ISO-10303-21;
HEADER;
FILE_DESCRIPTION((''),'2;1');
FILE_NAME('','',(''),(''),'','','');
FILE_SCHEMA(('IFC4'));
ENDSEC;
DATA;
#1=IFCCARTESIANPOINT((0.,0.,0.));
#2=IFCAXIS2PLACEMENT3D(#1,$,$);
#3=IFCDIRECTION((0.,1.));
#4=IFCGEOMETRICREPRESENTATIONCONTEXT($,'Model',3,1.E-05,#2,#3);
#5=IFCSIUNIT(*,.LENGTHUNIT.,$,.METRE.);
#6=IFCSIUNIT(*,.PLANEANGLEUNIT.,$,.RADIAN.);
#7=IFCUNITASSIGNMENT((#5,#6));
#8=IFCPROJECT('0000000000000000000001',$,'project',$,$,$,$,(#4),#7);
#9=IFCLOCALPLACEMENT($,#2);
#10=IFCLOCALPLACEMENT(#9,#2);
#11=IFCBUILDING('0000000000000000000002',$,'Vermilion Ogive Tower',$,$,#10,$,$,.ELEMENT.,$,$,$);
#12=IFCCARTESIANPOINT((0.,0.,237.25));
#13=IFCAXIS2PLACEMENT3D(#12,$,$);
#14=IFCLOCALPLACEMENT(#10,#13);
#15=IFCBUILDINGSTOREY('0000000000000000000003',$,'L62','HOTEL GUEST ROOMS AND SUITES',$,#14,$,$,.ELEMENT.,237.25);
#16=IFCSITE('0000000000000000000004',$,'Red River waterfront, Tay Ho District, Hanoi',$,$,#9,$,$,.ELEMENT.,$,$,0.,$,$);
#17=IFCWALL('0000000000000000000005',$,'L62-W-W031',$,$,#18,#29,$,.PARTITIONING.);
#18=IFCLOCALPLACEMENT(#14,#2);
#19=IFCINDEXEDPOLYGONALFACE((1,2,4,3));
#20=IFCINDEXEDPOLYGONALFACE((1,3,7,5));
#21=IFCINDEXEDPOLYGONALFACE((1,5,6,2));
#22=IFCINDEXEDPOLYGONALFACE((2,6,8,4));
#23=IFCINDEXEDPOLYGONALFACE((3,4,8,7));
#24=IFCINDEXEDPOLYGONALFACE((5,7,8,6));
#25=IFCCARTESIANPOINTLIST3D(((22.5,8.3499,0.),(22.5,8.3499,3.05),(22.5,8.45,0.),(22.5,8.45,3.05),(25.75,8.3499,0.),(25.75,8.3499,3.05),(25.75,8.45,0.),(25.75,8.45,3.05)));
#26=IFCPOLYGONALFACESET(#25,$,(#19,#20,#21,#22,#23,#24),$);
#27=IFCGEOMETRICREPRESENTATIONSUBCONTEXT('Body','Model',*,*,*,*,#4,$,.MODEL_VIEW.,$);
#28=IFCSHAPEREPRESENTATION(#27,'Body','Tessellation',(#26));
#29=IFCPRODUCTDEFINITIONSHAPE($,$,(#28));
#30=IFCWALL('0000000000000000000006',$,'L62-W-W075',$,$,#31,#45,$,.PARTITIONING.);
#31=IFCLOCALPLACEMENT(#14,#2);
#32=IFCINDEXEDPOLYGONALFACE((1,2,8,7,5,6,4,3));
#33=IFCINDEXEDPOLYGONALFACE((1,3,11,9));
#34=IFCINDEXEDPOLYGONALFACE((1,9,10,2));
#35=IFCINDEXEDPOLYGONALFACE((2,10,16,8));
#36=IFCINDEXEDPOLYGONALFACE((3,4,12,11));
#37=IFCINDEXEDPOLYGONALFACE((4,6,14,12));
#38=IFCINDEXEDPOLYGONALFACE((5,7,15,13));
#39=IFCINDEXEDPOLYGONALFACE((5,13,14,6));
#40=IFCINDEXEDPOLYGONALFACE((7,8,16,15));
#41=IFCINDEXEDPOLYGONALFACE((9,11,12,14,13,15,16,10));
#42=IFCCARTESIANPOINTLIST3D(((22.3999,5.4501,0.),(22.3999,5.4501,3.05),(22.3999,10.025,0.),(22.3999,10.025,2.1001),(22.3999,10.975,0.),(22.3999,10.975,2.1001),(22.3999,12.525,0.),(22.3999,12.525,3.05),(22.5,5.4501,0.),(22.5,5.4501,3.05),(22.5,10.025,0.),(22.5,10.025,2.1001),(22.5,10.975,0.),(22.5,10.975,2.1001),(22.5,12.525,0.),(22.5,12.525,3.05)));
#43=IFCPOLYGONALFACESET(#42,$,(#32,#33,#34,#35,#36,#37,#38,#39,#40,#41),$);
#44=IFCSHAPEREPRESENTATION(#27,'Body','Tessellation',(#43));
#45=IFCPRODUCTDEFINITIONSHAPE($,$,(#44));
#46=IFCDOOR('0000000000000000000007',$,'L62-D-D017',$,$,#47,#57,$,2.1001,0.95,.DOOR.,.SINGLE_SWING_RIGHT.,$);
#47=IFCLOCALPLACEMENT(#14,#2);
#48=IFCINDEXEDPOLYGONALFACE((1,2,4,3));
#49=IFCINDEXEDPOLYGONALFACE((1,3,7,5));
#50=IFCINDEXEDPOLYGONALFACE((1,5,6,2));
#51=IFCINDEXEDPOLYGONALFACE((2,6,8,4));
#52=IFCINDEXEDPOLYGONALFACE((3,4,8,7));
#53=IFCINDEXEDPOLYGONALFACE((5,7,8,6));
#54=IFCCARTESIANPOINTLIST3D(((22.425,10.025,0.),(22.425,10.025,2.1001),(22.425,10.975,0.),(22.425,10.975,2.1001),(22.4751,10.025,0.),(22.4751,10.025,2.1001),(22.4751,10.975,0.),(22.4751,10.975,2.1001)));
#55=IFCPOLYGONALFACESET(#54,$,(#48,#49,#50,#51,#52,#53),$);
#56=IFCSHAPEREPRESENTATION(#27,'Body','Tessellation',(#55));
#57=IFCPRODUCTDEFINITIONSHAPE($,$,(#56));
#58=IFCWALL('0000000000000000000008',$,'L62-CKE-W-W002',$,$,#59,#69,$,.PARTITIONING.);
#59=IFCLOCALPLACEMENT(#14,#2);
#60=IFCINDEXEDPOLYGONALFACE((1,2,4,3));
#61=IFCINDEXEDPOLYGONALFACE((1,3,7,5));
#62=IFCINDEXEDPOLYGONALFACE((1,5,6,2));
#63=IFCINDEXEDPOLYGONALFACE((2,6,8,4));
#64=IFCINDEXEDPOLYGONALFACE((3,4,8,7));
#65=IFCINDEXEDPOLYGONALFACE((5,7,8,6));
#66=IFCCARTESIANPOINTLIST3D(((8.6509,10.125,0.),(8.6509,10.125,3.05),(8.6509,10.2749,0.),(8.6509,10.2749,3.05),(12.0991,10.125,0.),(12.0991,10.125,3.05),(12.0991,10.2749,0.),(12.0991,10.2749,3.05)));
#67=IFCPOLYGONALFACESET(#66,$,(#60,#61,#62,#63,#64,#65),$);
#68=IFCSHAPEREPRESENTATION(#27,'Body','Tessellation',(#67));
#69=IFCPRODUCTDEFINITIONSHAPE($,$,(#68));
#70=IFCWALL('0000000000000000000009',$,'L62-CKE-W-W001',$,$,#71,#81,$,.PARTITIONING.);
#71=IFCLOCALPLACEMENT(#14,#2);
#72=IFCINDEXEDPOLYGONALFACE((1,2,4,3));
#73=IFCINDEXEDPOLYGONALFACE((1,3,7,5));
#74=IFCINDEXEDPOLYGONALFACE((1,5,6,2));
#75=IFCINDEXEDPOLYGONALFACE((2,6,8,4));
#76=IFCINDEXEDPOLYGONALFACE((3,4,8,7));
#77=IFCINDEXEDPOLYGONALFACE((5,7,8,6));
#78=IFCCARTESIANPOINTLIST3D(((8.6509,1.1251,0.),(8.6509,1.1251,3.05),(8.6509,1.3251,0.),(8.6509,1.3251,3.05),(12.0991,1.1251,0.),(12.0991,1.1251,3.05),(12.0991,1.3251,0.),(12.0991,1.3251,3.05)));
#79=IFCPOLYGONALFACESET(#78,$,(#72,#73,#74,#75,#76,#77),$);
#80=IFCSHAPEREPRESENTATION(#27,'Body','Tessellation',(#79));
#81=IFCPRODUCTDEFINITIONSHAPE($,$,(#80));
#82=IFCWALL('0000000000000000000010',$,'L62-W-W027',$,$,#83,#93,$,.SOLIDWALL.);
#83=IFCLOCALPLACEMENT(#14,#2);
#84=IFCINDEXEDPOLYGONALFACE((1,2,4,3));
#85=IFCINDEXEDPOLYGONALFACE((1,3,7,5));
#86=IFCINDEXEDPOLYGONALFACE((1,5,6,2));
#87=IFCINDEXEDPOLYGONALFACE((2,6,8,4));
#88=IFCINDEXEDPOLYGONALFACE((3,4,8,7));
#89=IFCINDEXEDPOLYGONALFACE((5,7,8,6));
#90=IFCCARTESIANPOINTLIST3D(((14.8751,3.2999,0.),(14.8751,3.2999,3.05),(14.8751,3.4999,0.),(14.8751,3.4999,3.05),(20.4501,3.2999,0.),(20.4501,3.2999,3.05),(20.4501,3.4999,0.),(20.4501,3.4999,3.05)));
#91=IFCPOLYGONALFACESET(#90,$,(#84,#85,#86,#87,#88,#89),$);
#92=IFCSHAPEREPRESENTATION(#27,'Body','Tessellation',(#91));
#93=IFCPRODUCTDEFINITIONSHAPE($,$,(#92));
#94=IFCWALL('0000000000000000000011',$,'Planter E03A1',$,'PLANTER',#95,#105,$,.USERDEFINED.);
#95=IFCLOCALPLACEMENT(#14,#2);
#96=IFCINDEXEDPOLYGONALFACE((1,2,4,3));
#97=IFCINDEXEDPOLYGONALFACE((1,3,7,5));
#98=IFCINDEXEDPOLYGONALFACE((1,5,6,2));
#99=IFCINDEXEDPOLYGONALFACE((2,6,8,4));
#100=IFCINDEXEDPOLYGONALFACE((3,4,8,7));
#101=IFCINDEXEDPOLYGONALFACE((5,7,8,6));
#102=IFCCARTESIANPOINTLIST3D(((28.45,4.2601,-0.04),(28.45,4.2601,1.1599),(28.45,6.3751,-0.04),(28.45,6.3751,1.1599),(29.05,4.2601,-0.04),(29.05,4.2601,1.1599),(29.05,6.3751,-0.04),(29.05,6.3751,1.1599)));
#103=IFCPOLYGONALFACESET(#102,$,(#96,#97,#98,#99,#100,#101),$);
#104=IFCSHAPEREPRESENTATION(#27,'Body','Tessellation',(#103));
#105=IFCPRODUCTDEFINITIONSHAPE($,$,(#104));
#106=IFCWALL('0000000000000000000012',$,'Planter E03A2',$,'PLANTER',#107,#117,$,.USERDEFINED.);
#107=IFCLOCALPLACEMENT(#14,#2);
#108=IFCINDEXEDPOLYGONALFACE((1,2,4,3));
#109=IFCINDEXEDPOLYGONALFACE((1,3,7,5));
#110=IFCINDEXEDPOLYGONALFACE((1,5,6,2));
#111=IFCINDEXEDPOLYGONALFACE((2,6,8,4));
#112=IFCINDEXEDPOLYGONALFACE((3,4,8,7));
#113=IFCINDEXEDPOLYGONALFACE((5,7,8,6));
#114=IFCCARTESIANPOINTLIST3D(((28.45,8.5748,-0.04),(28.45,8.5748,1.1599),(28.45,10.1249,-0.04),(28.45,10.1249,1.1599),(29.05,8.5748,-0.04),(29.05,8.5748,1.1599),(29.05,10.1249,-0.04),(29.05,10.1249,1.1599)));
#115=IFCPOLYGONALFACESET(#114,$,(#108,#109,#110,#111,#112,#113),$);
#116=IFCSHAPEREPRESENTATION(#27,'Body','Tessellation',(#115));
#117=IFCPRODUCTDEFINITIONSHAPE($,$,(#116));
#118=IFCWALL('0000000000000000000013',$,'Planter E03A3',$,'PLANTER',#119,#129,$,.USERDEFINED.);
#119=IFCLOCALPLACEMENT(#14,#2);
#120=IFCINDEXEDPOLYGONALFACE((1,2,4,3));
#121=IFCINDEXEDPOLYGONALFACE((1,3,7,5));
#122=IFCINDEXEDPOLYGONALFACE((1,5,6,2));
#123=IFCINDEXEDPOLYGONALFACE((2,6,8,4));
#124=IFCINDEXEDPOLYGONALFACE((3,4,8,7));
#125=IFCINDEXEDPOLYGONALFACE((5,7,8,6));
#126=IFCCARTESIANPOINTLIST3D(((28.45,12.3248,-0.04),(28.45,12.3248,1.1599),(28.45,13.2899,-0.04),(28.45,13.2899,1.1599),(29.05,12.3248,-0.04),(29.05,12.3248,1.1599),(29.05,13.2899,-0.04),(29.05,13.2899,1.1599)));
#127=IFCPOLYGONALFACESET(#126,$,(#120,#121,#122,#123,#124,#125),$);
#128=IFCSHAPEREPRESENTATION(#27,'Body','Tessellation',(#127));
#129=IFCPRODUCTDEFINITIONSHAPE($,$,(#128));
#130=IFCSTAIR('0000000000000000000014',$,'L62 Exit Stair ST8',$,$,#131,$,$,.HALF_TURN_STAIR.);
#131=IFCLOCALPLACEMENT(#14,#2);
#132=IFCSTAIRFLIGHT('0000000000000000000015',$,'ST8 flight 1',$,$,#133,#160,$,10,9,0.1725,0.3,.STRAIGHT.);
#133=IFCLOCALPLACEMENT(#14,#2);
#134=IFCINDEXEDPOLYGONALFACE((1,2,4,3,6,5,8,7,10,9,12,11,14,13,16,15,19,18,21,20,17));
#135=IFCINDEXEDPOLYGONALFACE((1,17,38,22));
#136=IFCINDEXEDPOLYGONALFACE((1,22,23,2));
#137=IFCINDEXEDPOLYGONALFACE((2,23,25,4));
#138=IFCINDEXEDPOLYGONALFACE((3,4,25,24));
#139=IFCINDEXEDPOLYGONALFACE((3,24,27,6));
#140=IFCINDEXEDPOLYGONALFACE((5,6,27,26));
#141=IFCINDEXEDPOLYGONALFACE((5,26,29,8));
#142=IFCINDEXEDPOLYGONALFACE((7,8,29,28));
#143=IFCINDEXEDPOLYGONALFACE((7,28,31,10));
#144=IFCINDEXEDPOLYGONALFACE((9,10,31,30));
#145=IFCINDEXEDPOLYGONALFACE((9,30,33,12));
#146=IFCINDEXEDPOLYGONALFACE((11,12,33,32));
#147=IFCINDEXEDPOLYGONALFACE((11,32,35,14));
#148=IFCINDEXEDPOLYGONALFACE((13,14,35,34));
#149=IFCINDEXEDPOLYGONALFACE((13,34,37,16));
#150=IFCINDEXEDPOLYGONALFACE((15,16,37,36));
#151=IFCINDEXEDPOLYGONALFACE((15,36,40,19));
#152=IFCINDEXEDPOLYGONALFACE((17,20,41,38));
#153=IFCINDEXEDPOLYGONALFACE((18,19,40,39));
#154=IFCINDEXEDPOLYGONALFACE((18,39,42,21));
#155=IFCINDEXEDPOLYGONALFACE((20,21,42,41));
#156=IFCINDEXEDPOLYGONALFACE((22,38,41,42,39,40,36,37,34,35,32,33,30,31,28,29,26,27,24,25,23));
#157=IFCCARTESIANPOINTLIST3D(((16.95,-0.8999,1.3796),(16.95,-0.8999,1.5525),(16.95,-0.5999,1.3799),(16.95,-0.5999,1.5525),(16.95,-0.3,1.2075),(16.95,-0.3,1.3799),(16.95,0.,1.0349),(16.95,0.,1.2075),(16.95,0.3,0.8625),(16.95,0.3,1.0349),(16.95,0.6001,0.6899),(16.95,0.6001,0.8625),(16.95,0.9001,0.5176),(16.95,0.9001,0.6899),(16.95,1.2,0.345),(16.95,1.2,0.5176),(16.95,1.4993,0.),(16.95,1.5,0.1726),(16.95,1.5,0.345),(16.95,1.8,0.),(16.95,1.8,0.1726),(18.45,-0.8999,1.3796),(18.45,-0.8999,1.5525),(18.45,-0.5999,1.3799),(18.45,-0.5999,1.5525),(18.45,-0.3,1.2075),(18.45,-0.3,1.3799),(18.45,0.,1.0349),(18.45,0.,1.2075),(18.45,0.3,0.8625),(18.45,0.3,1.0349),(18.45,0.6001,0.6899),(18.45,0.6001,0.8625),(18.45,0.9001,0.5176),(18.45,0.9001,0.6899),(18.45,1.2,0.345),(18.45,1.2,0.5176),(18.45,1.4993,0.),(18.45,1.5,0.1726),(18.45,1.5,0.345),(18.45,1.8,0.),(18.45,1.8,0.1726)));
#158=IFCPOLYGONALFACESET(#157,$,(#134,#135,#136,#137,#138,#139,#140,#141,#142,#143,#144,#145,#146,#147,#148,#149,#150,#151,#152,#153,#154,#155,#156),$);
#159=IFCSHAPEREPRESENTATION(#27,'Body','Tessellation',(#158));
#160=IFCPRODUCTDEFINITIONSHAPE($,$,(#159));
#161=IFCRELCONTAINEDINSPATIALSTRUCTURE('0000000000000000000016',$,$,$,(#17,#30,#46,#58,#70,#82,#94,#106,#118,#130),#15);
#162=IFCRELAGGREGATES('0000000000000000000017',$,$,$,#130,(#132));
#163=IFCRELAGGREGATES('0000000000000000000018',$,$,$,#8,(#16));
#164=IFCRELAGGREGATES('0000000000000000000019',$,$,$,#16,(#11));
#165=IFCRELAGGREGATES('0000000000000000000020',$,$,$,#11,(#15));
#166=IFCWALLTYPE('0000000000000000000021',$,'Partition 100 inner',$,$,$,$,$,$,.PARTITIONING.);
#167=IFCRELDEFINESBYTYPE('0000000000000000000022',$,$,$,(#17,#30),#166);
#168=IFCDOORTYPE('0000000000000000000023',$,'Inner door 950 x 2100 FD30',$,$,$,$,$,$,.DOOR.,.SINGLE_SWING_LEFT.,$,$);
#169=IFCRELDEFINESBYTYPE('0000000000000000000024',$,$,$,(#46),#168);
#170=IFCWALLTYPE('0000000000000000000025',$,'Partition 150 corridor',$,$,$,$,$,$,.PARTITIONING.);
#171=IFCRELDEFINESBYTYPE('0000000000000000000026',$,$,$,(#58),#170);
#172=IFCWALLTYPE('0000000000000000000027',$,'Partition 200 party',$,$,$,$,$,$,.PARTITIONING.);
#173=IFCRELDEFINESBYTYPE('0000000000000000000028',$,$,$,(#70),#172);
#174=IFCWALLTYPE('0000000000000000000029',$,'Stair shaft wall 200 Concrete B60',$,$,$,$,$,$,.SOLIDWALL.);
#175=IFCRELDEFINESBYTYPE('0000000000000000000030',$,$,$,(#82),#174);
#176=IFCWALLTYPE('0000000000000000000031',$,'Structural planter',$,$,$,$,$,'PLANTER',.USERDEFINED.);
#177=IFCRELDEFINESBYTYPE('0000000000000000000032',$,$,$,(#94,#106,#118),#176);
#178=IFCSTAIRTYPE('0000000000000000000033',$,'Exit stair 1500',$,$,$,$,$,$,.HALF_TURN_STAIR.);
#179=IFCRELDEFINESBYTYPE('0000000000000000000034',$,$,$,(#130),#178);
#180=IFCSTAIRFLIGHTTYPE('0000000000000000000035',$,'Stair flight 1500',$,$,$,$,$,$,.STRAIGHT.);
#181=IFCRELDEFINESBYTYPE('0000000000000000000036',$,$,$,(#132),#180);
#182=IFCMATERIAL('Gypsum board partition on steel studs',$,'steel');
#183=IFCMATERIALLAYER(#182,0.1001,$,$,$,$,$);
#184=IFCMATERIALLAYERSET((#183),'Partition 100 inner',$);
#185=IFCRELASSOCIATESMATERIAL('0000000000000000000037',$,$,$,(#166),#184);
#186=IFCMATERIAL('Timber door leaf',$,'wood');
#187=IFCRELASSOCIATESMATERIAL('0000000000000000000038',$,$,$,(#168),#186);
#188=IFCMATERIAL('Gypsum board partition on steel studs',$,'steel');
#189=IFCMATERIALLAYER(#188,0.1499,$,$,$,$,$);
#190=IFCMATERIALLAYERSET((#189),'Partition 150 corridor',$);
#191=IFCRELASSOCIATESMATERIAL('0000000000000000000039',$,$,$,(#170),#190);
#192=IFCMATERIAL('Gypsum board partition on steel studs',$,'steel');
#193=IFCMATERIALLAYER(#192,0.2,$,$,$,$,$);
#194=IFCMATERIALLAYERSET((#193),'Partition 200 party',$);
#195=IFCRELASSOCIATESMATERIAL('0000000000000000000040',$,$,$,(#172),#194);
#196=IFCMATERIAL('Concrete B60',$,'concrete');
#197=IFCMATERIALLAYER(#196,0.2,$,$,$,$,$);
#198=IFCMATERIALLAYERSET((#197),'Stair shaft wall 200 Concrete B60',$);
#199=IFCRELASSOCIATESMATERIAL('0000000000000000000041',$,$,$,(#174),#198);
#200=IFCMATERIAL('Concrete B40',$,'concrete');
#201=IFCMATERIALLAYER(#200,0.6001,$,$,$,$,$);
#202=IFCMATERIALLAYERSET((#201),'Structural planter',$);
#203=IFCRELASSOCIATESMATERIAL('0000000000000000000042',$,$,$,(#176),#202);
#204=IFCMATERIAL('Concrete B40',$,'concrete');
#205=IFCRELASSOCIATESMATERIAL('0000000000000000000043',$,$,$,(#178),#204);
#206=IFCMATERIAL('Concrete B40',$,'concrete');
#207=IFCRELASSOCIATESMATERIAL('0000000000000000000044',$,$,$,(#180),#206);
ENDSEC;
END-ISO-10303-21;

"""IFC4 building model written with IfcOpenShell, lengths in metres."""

from ifc_helpers import new_model, si_unit, direction, frame, frame_2d, origin, place, context, subcontext, project, spatial, polyline, rectangle, outline, extrude, material, layer, layer_set, type_object, element, fill, aggregate, save


model = new_model("IFC4")

# Units and contexts
model_context = context("Model", 3, precision=1e-05, world=origin(), true_north=direction((0.0, 1.0)))
body_context = subcontext(model_context, "Body", "Model", "MODEL_VIEW")
ifc_project = project(units=[si_unit("LENGTHUNIT", "METRE"), si_unit("PLANEANGLEUNIT", "RADIAN")], contexts=[model_context])

# Site, building, storey
site_placement = place(None, origin())
site = spatial("IfcSite", under=ifc_project, at=site_placement, Name="Red River waterfront, Tay Ho District, Hanoi", CompositionType="ELEMENT", RefElevation=0.0)
building_placement = place(site_placement, origin())
building = spatial("IfcBuilding", under=site, at=building_placement, Name="Vermilion Ogive Tower", CompositionType="ELEMENT")
storey_placement = place(building_placement, frame((0.0, 0.0, 237.25)))
storey = spatial("IfcBuildingStorey", under=building, at=storey_placement, Name="L62", Description="HOTEL GUEST ROOMS AND SUITES", CompositionType="ELEMENT", Elevation=237.25)

# Shared definitions
ifc_material_1 = material(Name="Gypsum board partition on steel studs", Category="steel")
ifc_layer_1 = layer(ifc_material_1, 0.1001)
ifc_layer_set_1 = layer_set([ifc_layer_1], Name="Partition 100 inner")
wall_type_1 = type_object("IfcWallType", Name="Partition 100 inner", PredefinedType="PARTITIONING", material=ifc_layer_set_1)
ifc_material_2 = material(Name="Timber door leaf", Category="wood")
door_type_1 = type_object("IfcDoorType", Name="Inner door 950 x 2100 FD30", OperationType="SINGLE_SWING_LEFT", PredefinedType="DOOR", material=ifc_material_2)

# Wall
wall_1_placement = place(storey_placement, frame((22.5, 8.3999, 0.0), z_axis=(0.0, 0.0, 1.0), x_axis=(1.0, 0.0, 0.0)))
element("IfcWall", 1, at=wall_1_placement, inside=storey, type_object=wall_type_1, Name="L62-W-W031", PredefinedType="PARTITIONING", context=body_context, shape_type="SweptSolid", body=[
    extrude(rectangle(XDim=3.25, YDim=0.1001, at=frame_2d((1.625, 0.0))), origin(), (0.0, 0.0, 1.0), 3.05),
])

# Wall, opening, door
wall_2_placement = place(storey_placement, frame((22.45, 5.45, 0.0), z_axis=(0.0, 0.0, 1.0), x_axis=(0.0, 1.0, 0.0)))
wall_2 = element("IfcWall", 2, at=wall_2_placement, inside=storey, type_object=wall_type_1, Name="L62-W-W075", PredefinedType="PARTITIONING", context=body_context, shape_type="SweptSolid", body=[
    extrude(rectangle(XDim=7.075, YDim=0.1001, at=frame_2d((3.5376, 0.0))), origin(), (0.0, 0.0, 1.0), 3.05),
])
opening_1_placement = place(wall_2_placement, frame((4.575, 0.0, 0.0)))
opening_1 = element("IfcOpeningElement", 3, at=opening_1_placement, cuts=wall_2, PredefinedType="OPENING", context=body_context, shape_type="SweptSolid", body=[
    extrude(rectangle(XDim=0.95, YDim=2.1001, at=frame_2d((0.4751, 1.05))), frame((0.0, 0.0601, 0.0), z_axis=(0.0, -1.0, 0.0), x_axis=(1.0, 0.0, 0.0)), (0.0, 0.0, 1.0), 0.1201),
])
door_1_placement = place(opening_1_placement, origin())
door_1 = element("IfcDoor", 4, at=door_1_placement, inside=storey, type_object=door_type_1, Name="L62-D-D017", OperationType="SINGLE_SWING_RIGHT", OverallHeight=2.1001, OverallWidth=0.95, PredefinedType="DOOR", context=body_context, shape_type="SweptSolid", body=[
    extrude(rectangle(XDim=0.95, YDim=2.1001, at=frame_2d((0.4751, 1.05))), frame((0.0, 0.0249, 0.0), z_axis=(0.0, -1.0, 0.0), x_axis=(1.0, 0.0, 0.0)), (0.0, 0.0, 1.0), 0.05),
])
fill(opening_1, door_1)

# Walls
ifc_material_3 = material(Name="Gypsum board partition on steel studs", Category="steel")
ifc_layer_2 = layer(ifc_material_3, 0.1499)
ifc_layer_set_2 = layer_set([ifc_layer_2], Name="Partition 150 corridor")
wall_type_2 = type_object("IfcWallType", Name="Partition 150 corridor", PredefinedType="PARTITIONING", material=ifc_layer_set_2)
wall_3_placement = place(storey_placement, frame((8.6509, 10.2, 0.0), z_axis=(0.0, 0.0, 1.0), x_axis=(1.0, 0.0, 0.0)))
element("IfcWall", 5, at=wall_3_placement, inside=storey, type_object=wall_type_2, Name="L62-CKE-W-W002", PredefinedType="PARTITIONING", context=body_context, shape_type="SweptSolid", body=[
    extrude(rectangle(XDim=3.4482, YDim=0.1499, at=frame_2d((1.7241, 0.0))), origin(), (0.0, 0.0, 1.0), 3.05),
])
ifc_material_4 = material(Name="Gypsum board partition on steel studs", Category="steel")
ifc_layer_3 = layer(ifc_material_4, 0.2)
ifc_layer_set_3 = layer_set([ifc_layer_3], Name="Partition 200 party")
wall_type_3 = type_object("IfcWallType", Name="Partition 200 party", PredefinedType="PARTITIONING", material=ifc_layer_set_3)
wall_4_placement = place(storey_placement, frame((8.6509, 1.2251, 0.0), z_axis=(0.0, 0.0, 1.0), x_axis=(1.0, 0.0, 0.0)))
element("IfcWall", 6, at=wall_4_placement, inside=storey, type_object=wall_type_3, Name="L62-CKE-W-W001", PredefinedType="PARTITIONING", context=body_context, shape_type="SweptSolid", body=[
    extrude(rectangle(XDim=3.4482, YDim=0.2, at=frame_2d((1.7241, 0.0))), origin(), (0.0, 0.0, 1.0), 3.05),
])
ifc_material_5 = material(Name="Concrete B60", Category="concrete")
ifc_layer_4 = layer(ifc_material_5, 0.2)
ifc_layer_set_4 = layer_set([ifc_layer_4], Name="Stair shaft wall 200 Concrete B60")
wall_type_4 = type_object("IfcWallType", Name="Stair shaft wall 200 Concrete B60", PredefinedType="SOLIDWALL", material=ifc_layer_set_4)
wall_5_placement = place(storey_placement, frame((14.875, 3.3999, 0.0), z_axis=(0.0, 0.0, 1.0), x_axis=(1.0, 0.0, 0.0)))
element("IfcWall", 7, at=wall_5_placement, inside=storey, type_object=wall_type_4, Name="L62-W-W027", PredefinedType="SOLIDWALL", context=body_context, shape_type="SweptSolid", body=[
    extrude(rectangle(XDim=5.575, YDim=0.2, at=frame_2d((2.7876, 0.0))), origin(), (0.0, 0.0, 1.0), 3.05),
])
ifc_material_6 = material(Name="Concrete B40", Category="concrete")
ifc_layer_5 = layer(ifc_material_6, 0.6001)
ifc_layer_set_5 = layer_set([ifc_layer_5], Name="Structural planter")
wall_type_5 = type_object("IfcWallType", Name="Structural planter", ElementType="PLANTER", PredefinedType="USERDEFINED", material=ifc_layer_set_5)
wall_6_placement = place(storey_placement, frame((28.75, 4.26, -0.04), z_axis=(0.0, 0.0, 1.0), x_axis=(0.0, 1.0, 0.0)))
element("IfcWall", 8, at=wall_6_placement, inside=storey, type_object=wall_type_5, Name="Planter E03A1", ObjectType="PLANTER", PredefinedType="USERDEFINED", context=body_context, shape_type="SweptSolid", body=[
    extrude(rectangle(XDim=2.115, YDim=0.6001, at=frame_2d((1.0576, 0.0))), origin(), (0.0, 0.0, 1.0), 1.2),
])
wall_7_placement = place(storey_placement, frame((28.75, 8.575, -0.04), z_axis=(0.0, 0.0, 1.0), x_axis=(0.0, 1.0, 0.0)))
element("IfcWall", 9, at=wall_7_placement, inside=storey, type_object=wall_type_5, Name="Planter E03A2", ObjectType="PLANTER", PredefinedType="USERDEFINED", context=body_context, shape_type="SweptSolid", body=[
    extrude(rectangle(XDim=1.55, YDim=0.6001, at=frame_2d((0.7749, 0.0))), origin(), (0.0, 0.0, 1.0), 1.2),
])
wall_8_placement = place(storey_placement, frame((28.75, 12.325, -0.04), z_axis=(0.0, 0.0, 1.0), x_axis=(0.0, 1.0, 0.0)))
element("IfcWall", 10, at=wall_8_placement, inside=storey, type_object=wall_type_5, Name="Planter E03A3", ObjectType="PLANTER", PredefinedType="USERDEFINED", context=body_context, shape_type="SweptSolid", body=[
    extrude(rectangle(XDim=0.9651, YDim=0.6001, at=frame_2d((0.4824, 0.0))), origin(), (0.0, 0.0, 1.0), 1.2),
])

# Stair, stair flight
ifc_material_7 = material(Name="Concrete B40", Category="concrete")
stair_type = type_object("IfcStairType", Name="Exit stair 1500", PredefinedType="HALF_TURN_STAIR", material=ifc_material_7)
stair_placement = place(storey_placement, origin())
stair = element("IfcStair", 11, at=stair_placement, inside=storey, type_object=stair_type, Name="L62 Exit Stair ST8", PredefinedType="HALF_TURN_STAIR")
ifc_material_8 = material(Name="Concrete B40", Category="concrete")
stair_flight_type = type_object("IfcStairFlightType", Name="Stair flight 1500", PredefinedType="STRAIGHT", material=ifc_material_8)
stair_flight_placement = place(storey_placement, frame((17.7, 1.8, 0.0), z_axis=(0.0, 0.0, 1.0), x_axis=(0.0, -1.0, 0.0)))
stair_flight = element("IfcStairFlight", 12, at=stair_flight_placement, type_object=stair_flight_type, Name="ST8 flight 1", NumberOfRisers=10, NumberOfTreads=9, PredefinedType="STRAIGHT", RiserHeight=0.1725, TreadLength=0.3, context=body_context, shape_type="SweptSolid", body=[
    extrude(outline(polyline([(0.0, 0.0), (0.0, 0.1726), (0.3, 0.1726), (0.3, 0.345), (0.6001, 0.345), (0.6001, 0.5176), (0.8999, 0.5176), (0.8999, 0.6899), (1.2, 0.6899), (1.2, 0.8625), (1.5, 0.8625), (1.5, 1.0349), (1.8, 1.0349), (1.8, 1.2075), (2.1001, 1.2075), (2.1001, 1.3799), (2.3999, 1.3799), (2.3999, 1.5525), (2.7, 1.5525), (2.7, 1.7251), (2.7, 1.3796), (0.3008, 0.0), (0.0, 0.0)])), frame((0.0, 0.75, 0.0), z_axis=(0.0, -1.0, 0.0), x_axis=(1.0, 0.0, 0.0)), (0.0, 0.0, 1.0), 1.5),
])
aggregate(stair, [stair_flight])

save(model, "model.ifc")
